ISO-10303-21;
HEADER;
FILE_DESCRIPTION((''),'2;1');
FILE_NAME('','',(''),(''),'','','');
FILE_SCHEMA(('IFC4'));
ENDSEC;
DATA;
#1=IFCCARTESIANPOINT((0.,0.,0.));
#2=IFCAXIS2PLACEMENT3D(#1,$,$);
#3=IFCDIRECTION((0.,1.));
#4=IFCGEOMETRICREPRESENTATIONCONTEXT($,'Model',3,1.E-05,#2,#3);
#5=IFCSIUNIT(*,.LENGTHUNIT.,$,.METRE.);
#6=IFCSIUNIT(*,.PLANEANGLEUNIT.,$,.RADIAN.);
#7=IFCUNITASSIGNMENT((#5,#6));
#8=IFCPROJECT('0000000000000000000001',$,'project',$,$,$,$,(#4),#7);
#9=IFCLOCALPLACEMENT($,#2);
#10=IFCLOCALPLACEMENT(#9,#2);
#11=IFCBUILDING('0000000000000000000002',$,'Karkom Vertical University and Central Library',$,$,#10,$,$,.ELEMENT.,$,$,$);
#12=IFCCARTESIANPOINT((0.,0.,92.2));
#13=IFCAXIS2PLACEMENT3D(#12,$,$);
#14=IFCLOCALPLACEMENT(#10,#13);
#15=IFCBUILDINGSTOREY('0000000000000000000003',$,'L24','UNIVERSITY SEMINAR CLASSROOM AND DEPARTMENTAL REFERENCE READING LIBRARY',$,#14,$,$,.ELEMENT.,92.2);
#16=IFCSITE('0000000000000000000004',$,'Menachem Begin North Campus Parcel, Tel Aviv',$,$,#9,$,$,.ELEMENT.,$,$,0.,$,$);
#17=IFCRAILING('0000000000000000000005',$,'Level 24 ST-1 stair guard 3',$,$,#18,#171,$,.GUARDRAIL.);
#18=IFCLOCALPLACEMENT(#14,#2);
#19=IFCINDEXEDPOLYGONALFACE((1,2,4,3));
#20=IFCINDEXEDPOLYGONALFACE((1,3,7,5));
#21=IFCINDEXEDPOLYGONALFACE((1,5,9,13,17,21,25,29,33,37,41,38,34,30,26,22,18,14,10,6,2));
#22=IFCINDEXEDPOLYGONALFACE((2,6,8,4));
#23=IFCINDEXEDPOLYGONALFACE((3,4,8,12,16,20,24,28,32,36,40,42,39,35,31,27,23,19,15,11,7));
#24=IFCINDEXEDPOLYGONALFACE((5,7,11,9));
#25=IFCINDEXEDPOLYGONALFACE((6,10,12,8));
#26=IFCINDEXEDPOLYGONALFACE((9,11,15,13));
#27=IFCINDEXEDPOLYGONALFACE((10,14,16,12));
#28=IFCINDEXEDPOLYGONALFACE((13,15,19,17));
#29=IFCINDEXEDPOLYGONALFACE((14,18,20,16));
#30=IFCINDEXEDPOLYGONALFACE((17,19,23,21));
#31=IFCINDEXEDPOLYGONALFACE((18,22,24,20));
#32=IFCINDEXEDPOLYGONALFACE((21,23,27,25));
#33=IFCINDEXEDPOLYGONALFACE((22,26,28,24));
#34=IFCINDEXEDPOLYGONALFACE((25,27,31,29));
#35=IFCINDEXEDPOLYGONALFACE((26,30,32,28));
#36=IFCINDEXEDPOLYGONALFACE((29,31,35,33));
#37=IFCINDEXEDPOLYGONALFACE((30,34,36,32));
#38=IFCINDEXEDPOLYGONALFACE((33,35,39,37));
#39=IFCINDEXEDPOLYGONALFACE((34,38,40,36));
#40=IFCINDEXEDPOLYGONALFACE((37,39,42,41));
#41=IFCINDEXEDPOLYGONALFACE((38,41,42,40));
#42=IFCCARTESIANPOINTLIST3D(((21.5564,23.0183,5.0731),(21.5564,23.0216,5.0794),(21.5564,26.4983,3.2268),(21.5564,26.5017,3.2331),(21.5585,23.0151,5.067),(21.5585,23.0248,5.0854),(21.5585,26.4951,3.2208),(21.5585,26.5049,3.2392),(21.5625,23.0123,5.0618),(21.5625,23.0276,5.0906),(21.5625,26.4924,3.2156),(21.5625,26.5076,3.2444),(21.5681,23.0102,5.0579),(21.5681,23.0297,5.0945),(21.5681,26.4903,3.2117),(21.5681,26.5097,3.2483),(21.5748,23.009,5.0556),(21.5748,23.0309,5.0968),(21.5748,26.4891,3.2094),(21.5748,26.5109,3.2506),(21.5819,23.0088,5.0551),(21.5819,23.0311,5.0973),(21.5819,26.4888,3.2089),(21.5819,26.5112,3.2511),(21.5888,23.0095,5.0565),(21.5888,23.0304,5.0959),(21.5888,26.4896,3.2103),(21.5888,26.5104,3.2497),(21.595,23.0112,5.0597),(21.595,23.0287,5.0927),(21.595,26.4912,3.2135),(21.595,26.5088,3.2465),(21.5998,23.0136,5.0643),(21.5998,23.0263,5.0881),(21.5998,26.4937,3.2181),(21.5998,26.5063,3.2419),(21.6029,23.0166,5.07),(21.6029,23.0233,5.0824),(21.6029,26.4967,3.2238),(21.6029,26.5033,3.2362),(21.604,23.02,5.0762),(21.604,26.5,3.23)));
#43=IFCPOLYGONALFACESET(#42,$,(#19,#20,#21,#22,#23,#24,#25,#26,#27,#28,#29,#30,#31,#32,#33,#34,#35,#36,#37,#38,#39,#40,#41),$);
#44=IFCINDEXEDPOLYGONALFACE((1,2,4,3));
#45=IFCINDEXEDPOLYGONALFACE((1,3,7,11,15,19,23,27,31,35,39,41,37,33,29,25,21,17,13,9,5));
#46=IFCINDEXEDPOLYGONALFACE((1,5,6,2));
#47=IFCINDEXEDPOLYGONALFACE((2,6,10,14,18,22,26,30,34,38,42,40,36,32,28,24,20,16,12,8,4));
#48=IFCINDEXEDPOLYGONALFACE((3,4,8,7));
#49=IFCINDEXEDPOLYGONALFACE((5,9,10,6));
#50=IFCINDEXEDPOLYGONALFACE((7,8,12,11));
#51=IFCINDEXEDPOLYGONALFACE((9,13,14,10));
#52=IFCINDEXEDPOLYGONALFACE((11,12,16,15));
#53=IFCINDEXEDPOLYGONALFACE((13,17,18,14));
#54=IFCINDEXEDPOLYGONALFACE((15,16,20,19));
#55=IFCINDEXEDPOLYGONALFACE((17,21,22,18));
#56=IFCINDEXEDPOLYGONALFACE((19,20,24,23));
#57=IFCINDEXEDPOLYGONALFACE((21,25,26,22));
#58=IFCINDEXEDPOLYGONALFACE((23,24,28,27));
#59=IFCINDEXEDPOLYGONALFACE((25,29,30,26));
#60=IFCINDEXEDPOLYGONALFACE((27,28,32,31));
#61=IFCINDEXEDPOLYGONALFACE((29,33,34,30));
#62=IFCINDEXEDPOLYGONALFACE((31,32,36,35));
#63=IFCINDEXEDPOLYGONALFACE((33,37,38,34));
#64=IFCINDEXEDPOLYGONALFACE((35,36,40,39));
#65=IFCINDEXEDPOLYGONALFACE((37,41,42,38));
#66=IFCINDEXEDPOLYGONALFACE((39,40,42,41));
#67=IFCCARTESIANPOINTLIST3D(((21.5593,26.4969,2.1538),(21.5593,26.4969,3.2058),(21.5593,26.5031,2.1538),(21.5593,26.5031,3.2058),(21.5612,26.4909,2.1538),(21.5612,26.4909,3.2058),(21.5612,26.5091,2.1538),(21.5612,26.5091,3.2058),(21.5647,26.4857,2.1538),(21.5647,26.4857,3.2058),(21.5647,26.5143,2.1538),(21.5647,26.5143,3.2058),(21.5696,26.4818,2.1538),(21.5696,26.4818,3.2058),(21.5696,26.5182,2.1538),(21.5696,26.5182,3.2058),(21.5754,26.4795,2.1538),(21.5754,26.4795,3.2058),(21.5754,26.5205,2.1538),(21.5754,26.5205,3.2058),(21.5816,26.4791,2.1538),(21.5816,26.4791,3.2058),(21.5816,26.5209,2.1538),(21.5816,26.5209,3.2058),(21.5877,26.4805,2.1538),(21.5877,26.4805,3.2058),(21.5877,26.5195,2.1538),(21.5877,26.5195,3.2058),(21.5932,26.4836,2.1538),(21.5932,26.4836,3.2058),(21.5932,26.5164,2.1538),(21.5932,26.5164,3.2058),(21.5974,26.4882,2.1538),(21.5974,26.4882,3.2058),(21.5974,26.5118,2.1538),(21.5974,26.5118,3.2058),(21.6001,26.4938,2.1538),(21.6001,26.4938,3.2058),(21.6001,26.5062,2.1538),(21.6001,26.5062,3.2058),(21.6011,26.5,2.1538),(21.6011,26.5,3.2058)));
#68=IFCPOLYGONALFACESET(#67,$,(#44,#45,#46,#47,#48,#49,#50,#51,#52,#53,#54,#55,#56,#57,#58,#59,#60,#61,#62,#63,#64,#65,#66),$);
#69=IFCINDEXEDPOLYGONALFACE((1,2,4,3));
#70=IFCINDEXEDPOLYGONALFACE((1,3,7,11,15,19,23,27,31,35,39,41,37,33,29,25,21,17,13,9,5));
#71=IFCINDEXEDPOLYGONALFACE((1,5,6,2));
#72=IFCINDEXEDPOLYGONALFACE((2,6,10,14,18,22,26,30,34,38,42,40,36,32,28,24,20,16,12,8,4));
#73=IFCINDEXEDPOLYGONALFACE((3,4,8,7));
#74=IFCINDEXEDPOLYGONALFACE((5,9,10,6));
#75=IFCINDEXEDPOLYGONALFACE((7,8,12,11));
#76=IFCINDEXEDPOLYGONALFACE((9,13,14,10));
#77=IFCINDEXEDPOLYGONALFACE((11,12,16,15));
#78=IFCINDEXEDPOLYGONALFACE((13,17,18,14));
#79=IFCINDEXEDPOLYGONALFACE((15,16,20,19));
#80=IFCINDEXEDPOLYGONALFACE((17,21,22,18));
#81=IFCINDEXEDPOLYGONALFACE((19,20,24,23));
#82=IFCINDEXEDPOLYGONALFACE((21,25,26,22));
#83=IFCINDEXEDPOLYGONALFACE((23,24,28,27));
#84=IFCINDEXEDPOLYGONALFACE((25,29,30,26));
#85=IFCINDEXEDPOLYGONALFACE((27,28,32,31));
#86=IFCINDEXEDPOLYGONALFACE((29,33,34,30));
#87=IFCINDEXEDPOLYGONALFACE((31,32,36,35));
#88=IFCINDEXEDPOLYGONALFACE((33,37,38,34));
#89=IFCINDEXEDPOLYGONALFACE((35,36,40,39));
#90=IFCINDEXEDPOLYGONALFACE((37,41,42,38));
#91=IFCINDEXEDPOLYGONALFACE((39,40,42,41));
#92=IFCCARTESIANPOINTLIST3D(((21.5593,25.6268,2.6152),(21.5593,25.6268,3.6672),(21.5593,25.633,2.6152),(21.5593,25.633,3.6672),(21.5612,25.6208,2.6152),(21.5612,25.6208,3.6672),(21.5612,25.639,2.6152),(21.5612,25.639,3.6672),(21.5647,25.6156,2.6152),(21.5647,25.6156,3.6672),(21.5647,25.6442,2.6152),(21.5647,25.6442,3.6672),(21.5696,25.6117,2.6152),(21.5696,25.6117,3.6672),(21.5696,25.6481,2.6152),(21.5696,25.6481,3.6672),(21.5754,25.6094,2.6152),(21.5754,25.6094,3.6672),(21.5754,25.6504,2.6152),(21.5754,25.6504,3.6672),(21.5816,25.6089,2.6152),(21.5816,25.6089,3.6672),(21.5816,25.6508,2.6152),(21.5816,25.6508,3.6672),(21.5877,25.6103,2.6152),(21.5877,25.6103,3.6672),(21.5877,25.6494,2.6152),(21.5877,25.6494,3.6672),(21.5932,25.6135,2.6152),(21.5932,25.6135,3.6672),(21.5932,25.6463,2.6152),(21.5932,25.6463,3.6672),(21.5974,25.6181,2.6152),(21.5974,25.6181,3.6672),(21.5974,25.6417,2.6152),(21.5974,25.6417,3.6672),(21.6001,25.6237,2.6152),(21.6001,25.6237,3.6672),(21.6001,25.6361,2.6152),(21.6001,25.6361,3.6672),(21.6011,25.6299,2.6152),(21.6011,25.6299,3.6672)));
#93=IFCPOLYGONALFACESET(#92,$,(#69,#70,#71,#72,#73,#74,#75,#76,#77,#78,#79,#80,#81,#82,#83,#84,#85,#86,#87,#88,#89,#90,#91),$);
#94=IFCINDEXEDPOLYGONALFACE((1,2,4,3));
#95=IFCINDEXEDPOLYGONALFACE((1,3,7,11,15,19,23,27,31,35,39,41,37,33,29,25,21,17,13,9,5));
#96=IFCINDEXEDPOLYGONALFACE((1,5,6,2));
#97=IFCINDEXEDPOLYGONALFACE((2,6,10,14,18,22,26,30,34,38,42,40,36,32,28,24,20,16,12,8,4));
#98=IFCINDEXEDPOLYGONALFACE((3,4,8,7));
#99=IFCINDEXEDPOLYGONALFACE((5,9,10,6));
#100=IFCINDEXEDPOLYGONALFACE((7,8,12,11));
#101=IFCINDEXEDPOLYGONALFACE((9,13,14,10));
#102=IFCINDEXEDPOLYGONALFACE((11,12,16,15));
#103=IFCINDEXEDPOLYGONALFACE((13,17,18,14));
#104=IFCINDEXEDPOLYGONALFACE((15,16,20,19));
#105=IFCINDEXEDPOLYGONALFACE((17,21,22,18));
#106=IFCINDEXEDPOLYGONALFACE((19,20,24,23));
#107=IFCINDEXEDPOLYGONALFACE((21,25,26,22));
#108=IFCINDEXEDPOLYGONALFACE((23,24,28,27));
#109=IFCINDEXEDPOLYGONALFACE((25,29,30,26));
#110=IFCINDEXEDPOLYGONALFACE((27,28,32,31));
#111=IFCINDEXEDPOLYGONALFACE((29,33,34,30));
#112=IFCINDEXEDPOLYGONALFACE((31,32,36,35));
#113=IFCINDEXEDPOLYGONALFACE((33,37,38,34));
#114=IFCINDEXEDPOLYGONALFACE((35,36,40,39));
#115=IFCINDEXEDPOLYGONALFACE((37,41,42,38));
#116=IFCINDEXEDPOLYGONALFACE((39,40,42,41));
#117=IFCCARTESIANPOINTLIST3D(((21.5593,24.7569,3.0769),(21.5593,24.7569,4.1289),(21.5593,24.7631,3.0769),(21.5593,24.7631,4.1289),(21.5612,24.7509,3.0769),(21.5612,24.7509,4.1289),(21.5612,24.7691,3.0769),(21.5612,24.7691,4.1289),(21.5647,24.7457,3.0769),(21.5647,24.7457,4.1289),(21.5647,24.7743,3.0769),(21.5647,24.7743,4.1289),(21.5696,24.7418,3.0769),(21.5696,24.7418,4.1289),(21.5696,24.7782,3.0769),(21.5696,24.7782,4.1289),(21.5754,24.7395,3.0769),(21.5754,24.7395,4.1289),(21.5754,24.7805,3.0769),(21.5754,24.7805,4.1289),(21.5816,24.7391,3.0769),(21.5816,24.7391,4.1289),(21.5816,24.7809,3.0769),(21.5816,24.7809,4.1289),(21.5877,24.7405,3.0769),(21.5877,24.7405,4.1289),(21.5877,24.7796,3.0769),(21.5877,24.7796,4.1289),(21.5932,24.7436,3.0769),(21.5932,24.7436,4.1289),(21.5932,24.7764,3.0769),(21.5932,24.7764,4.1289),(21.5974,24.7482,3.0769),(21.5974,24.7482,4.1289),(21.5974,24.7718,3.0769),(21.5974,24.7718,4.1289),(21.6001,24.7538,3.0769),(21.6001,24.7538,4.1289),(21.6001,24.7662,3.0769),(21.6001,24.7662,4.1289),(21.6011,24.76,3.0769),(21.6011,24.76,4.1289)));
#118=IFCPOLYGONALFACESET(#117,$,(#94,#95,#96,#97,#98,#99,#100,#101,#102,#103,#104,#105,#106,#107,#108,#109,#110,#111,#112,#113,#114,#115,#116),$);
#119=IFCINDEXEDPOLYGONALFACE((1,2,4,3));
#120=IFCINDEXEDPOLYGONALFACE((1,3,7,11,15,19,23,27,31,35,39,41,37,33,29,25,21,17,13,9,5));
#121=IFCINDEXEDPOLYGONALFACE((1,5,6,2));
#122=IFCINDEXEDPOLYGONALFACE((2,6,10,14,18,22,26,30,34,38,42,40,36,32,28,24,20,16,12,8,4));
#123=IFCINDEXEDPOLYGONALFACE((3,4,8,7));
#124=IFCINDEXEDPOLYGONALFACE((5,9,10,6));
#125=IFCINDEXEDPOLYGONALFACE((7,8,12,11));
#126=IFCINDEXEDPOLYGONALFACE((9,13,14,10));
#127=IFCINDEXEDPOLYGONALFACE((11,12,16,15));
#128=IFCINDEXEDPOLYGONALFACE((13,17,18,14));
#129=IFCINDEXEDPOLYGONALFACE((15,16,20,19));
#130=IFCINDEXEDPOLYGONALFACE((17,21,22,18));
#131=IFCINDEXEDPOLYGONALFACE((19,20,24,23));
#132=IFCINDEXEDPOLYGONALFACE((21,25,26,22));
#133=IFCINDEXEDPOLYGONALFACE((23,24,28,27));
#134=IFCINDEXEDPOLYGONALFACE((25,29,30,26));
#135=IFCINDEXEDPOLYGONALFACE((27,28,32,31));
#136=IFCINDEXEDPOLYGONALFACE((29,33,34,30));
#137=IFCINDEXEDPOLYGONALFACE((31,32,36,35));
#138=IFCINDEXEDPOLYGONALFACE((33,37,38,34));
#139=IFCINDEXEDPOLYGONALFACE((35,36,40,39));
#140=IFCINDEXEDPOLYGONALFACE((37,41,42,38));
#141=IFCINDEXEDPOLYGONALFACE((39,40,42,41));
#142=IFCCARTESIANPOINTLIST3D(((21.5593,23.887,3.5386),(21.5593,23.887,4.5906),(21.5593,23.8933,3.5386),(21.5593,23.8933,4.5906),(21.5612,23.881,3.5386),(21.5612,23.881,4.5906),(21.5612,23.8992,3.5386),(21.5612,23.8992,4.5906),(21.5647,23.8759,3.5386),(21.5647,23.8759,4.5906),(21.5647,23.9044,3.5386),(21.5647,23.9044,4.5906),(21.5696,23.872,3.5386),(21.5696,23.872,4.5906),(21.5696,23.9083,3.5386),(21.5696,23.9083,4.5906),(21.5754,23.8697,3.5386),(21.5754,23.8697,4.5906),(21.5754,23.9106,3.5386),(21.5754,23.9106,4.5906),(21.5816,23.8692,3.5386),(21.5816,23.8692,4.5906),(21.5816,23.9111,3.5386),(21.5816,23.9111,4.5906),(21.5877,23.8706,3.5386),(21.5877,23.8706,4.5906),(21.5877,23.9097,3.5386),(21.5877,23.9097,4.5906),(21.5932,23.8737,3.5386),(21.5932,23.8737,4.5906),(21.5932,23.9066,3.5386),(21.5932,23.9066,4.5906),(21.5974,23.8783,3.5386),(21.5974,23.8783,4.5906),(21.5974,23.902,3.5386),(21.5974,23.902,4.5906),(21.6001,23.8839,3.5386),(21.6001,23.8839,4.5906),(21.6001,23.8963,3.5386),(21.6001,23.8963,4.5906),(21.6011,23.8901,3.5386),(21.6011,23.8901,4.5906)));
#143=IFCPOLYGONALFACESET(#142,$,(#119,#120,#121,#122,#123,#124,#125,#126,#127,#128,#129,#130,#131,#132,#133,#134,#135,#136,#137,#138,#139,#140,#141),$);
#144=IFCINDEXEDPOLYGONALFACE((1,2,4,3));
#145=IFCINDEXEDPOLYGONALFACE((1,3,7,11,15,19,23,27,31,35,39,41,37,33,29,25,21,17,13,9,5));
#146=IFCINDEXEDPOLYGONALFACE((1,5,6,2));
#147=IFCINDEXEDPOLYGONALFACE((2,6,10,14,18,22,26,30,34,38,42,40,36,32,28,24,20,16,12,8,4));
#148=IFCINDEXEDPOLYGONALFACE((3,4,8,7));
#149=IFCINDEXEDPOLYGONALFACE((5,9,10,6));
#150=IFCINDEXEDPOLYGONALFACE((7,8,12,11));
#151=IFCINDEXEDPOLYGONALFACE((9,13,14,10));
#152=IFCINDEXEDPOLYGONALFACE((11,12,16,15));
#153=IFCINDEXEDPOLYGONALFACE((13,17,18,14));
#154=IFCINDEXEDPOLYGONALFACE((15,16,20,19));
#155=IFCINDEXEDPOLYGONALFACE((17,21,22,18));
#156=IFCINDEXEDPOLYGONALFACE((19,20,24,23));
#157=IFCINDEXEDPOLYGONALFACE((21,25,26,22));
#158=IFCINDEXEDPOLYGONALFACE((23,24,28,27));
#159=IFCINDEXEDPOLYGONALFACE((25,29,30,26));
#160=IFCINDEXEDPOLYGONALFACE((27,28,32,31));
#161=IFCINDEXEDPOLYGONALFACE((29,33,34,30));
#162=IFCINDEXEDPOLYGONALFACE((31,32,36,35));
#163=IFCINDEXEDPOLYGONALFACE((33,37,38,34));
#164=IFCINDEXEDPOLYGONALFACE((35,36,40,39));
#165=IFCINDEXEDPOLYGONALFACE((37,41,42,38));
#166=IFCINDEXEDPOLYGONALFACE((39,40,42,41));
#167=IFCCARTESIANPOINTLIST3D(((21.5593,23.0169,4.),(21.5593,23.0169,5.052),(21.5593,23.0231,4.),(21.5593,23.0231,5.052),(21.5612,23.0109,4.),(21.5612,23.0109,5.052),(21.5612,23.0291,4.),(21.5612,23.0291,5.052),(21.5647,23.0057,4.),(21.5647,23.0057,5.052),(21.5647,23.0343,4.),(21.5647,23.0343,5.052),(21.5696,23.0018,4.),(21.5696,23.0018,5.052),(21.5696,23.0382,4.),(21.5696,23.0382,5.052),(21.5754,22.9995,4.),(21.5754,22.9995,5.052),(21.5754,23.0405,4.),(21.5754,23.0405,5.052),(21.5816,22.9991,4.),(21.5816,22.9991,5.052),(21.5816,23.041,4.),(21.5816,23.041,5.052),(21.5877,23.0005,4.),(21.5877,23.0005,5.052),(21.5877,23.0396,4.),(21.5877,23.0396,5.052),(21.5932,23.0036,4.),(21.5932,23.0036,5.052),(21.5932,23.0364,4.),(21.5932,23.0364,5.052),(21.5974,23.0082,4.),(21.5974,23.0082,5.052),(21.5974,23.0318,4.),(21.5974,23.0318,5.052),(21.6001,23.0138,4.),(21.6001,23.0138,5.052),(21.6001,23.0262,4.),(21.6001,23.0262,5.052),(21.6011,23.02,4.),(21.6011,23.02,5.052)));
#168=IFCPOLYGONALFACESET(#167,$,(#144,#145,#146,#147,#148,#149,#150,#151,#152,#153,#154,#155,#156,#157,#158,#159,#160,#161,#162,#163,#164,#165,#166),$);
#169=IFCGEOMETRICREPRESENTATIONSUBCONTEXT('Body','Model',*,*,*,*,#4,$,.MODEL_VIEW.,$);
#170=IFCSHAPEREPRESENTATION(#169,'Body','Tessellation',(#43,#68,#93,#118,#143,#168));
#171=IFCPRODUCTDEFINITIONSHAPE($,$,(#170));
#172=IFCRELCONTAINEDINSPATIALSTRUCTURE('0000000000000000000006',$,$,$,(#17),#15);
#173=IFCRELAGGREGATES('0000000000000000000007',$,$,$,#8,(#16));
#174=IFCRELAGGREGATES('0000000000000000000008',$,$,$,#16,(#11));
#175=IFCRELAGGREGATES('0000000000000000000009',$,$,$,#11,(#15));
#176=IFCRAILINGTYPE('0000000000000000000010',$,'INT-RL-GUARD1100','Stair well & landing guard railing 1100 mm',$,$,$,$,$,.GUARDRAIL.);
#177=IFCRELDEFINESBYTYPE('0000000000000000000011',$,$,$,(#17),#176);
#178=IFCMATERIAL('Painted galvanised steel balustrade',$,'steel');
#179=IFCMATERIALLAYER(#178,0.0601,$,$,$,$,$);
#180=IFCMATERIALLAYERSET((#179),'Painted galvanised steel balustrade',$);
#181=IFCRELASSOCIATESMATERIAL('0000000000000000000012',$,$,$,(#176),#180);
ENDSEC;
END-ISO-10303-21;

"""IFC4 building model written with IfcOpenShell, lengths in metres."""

from ifc_helpers import new_model, si_unit, direction, frame, origin, origin_2d, place, context, subcontext, project, spatial, circle, extrude, material, layer, layer_set, type_object, element, save


model = new_model("IFC4")

# Units and contexts
model_context = context("Model", 3, precision=1e-05, world=origin(), true_north=direction((0.0, 1.0)))
body_context = subcontext(model_context, "Body", "Model", "MODEL_VIEW")
ifc_project = project(units=[si_unit("LENGTHUNIT", "METRE"), si_unit("PLANEANGLEUNIT", "RADIAN")], contexts=[model_context])

# Site, building, storey
site_placement = place(None, origin())
site = spatial("IfcSite", under=ifc_project, at=site_placement, Name="Menachem Begin North Campus Parcel, Tel Aviv", CompositionType="ELEMENT", RefElevation=0.0)
building_placement = place(site_placement, origin())
building = spatial("IfcBuilding", under=site, at=building_placement, Name="Karkom Vertical University and Central Library", CompositionType="ELEMENT")
storey_placement = place(building_placement, frame((0.0, 0.0, 92.2)))
storey = spatial("IfcBuildingStorey", under=building, at=storey_placement, Name="L24", Description="UNIVERSITY SEMINAR CLASSROOM AND DEPARTMENTAL REFERENCE READING LIBRARY", CompositionType="ELEMENT", Elevation=92.2)

# Railing
ifc_material_1 = material(Name="Painted galvanised steel balustrade", Category="steel")
ifc_layer_1 = layer(ifc_material_1, 0.0601)
ifc_layer_set_1 = layer_set([ifc_layer_1], Name="Painted galvanised steel balustrade")
railing_type_1 = type_object("IfcRailingType", Name="INT-RL-GUARD1100", Description="Stair well & landing guard railing 1100 mm", PredefinedType="GUARDRAIL", material=ifc_layer_set_1)
railing_1_placement = place(storey_placement, frame((21.5801, 26.5, 2.1538)))
element("IfcRailing", 1, at=railing_1_placement, inside=storey, type_object=railing_type_1, Name="Level 24 ST-1 stair guard 3", PredefinedType="GUARDRAIL", context=body_context, shape_type="SweptSolid", body=[
    extrude(circle(Radius=0.0239, at=origin_2d()), frame((0.0, 0.0, 1.0762), z_axis=(0.0, -0.883384, 0.468651), x_axis=(1.0, 0.0, 0.0)), (0.0, 0.0, 1.0), 3.9395),
    extrude(circle(Radius=0.021, at=origin_2d()), origin(), (0.0, 0.0, 1.0), 1.052),
    extrude(circle(Radius=0.021, at=origin_2d()), frame((0.0, -0.8701, 0.4614)), (0.0, 0.0, 1.0), 1.052),
    extrude(circle(Radius=0.021, at=origin_2d()), frame((0.0, -1.74, 0.9231)), (0.0, 0.0, 1.0), 1.052),
    extrude(circle(Radius=0.021, at=origin_2d()), frame((0.0, -2.6099, 1.3848)), (0.0, 0.0, 1.0), 1.052),
    extrude(circle(Radius=0.021, at=origin_2d()), frame((0.0, -3.48, 1.8462)), (0.0, 0.0, 1.0), 1.052),
])

save(model, "model.ifc")
